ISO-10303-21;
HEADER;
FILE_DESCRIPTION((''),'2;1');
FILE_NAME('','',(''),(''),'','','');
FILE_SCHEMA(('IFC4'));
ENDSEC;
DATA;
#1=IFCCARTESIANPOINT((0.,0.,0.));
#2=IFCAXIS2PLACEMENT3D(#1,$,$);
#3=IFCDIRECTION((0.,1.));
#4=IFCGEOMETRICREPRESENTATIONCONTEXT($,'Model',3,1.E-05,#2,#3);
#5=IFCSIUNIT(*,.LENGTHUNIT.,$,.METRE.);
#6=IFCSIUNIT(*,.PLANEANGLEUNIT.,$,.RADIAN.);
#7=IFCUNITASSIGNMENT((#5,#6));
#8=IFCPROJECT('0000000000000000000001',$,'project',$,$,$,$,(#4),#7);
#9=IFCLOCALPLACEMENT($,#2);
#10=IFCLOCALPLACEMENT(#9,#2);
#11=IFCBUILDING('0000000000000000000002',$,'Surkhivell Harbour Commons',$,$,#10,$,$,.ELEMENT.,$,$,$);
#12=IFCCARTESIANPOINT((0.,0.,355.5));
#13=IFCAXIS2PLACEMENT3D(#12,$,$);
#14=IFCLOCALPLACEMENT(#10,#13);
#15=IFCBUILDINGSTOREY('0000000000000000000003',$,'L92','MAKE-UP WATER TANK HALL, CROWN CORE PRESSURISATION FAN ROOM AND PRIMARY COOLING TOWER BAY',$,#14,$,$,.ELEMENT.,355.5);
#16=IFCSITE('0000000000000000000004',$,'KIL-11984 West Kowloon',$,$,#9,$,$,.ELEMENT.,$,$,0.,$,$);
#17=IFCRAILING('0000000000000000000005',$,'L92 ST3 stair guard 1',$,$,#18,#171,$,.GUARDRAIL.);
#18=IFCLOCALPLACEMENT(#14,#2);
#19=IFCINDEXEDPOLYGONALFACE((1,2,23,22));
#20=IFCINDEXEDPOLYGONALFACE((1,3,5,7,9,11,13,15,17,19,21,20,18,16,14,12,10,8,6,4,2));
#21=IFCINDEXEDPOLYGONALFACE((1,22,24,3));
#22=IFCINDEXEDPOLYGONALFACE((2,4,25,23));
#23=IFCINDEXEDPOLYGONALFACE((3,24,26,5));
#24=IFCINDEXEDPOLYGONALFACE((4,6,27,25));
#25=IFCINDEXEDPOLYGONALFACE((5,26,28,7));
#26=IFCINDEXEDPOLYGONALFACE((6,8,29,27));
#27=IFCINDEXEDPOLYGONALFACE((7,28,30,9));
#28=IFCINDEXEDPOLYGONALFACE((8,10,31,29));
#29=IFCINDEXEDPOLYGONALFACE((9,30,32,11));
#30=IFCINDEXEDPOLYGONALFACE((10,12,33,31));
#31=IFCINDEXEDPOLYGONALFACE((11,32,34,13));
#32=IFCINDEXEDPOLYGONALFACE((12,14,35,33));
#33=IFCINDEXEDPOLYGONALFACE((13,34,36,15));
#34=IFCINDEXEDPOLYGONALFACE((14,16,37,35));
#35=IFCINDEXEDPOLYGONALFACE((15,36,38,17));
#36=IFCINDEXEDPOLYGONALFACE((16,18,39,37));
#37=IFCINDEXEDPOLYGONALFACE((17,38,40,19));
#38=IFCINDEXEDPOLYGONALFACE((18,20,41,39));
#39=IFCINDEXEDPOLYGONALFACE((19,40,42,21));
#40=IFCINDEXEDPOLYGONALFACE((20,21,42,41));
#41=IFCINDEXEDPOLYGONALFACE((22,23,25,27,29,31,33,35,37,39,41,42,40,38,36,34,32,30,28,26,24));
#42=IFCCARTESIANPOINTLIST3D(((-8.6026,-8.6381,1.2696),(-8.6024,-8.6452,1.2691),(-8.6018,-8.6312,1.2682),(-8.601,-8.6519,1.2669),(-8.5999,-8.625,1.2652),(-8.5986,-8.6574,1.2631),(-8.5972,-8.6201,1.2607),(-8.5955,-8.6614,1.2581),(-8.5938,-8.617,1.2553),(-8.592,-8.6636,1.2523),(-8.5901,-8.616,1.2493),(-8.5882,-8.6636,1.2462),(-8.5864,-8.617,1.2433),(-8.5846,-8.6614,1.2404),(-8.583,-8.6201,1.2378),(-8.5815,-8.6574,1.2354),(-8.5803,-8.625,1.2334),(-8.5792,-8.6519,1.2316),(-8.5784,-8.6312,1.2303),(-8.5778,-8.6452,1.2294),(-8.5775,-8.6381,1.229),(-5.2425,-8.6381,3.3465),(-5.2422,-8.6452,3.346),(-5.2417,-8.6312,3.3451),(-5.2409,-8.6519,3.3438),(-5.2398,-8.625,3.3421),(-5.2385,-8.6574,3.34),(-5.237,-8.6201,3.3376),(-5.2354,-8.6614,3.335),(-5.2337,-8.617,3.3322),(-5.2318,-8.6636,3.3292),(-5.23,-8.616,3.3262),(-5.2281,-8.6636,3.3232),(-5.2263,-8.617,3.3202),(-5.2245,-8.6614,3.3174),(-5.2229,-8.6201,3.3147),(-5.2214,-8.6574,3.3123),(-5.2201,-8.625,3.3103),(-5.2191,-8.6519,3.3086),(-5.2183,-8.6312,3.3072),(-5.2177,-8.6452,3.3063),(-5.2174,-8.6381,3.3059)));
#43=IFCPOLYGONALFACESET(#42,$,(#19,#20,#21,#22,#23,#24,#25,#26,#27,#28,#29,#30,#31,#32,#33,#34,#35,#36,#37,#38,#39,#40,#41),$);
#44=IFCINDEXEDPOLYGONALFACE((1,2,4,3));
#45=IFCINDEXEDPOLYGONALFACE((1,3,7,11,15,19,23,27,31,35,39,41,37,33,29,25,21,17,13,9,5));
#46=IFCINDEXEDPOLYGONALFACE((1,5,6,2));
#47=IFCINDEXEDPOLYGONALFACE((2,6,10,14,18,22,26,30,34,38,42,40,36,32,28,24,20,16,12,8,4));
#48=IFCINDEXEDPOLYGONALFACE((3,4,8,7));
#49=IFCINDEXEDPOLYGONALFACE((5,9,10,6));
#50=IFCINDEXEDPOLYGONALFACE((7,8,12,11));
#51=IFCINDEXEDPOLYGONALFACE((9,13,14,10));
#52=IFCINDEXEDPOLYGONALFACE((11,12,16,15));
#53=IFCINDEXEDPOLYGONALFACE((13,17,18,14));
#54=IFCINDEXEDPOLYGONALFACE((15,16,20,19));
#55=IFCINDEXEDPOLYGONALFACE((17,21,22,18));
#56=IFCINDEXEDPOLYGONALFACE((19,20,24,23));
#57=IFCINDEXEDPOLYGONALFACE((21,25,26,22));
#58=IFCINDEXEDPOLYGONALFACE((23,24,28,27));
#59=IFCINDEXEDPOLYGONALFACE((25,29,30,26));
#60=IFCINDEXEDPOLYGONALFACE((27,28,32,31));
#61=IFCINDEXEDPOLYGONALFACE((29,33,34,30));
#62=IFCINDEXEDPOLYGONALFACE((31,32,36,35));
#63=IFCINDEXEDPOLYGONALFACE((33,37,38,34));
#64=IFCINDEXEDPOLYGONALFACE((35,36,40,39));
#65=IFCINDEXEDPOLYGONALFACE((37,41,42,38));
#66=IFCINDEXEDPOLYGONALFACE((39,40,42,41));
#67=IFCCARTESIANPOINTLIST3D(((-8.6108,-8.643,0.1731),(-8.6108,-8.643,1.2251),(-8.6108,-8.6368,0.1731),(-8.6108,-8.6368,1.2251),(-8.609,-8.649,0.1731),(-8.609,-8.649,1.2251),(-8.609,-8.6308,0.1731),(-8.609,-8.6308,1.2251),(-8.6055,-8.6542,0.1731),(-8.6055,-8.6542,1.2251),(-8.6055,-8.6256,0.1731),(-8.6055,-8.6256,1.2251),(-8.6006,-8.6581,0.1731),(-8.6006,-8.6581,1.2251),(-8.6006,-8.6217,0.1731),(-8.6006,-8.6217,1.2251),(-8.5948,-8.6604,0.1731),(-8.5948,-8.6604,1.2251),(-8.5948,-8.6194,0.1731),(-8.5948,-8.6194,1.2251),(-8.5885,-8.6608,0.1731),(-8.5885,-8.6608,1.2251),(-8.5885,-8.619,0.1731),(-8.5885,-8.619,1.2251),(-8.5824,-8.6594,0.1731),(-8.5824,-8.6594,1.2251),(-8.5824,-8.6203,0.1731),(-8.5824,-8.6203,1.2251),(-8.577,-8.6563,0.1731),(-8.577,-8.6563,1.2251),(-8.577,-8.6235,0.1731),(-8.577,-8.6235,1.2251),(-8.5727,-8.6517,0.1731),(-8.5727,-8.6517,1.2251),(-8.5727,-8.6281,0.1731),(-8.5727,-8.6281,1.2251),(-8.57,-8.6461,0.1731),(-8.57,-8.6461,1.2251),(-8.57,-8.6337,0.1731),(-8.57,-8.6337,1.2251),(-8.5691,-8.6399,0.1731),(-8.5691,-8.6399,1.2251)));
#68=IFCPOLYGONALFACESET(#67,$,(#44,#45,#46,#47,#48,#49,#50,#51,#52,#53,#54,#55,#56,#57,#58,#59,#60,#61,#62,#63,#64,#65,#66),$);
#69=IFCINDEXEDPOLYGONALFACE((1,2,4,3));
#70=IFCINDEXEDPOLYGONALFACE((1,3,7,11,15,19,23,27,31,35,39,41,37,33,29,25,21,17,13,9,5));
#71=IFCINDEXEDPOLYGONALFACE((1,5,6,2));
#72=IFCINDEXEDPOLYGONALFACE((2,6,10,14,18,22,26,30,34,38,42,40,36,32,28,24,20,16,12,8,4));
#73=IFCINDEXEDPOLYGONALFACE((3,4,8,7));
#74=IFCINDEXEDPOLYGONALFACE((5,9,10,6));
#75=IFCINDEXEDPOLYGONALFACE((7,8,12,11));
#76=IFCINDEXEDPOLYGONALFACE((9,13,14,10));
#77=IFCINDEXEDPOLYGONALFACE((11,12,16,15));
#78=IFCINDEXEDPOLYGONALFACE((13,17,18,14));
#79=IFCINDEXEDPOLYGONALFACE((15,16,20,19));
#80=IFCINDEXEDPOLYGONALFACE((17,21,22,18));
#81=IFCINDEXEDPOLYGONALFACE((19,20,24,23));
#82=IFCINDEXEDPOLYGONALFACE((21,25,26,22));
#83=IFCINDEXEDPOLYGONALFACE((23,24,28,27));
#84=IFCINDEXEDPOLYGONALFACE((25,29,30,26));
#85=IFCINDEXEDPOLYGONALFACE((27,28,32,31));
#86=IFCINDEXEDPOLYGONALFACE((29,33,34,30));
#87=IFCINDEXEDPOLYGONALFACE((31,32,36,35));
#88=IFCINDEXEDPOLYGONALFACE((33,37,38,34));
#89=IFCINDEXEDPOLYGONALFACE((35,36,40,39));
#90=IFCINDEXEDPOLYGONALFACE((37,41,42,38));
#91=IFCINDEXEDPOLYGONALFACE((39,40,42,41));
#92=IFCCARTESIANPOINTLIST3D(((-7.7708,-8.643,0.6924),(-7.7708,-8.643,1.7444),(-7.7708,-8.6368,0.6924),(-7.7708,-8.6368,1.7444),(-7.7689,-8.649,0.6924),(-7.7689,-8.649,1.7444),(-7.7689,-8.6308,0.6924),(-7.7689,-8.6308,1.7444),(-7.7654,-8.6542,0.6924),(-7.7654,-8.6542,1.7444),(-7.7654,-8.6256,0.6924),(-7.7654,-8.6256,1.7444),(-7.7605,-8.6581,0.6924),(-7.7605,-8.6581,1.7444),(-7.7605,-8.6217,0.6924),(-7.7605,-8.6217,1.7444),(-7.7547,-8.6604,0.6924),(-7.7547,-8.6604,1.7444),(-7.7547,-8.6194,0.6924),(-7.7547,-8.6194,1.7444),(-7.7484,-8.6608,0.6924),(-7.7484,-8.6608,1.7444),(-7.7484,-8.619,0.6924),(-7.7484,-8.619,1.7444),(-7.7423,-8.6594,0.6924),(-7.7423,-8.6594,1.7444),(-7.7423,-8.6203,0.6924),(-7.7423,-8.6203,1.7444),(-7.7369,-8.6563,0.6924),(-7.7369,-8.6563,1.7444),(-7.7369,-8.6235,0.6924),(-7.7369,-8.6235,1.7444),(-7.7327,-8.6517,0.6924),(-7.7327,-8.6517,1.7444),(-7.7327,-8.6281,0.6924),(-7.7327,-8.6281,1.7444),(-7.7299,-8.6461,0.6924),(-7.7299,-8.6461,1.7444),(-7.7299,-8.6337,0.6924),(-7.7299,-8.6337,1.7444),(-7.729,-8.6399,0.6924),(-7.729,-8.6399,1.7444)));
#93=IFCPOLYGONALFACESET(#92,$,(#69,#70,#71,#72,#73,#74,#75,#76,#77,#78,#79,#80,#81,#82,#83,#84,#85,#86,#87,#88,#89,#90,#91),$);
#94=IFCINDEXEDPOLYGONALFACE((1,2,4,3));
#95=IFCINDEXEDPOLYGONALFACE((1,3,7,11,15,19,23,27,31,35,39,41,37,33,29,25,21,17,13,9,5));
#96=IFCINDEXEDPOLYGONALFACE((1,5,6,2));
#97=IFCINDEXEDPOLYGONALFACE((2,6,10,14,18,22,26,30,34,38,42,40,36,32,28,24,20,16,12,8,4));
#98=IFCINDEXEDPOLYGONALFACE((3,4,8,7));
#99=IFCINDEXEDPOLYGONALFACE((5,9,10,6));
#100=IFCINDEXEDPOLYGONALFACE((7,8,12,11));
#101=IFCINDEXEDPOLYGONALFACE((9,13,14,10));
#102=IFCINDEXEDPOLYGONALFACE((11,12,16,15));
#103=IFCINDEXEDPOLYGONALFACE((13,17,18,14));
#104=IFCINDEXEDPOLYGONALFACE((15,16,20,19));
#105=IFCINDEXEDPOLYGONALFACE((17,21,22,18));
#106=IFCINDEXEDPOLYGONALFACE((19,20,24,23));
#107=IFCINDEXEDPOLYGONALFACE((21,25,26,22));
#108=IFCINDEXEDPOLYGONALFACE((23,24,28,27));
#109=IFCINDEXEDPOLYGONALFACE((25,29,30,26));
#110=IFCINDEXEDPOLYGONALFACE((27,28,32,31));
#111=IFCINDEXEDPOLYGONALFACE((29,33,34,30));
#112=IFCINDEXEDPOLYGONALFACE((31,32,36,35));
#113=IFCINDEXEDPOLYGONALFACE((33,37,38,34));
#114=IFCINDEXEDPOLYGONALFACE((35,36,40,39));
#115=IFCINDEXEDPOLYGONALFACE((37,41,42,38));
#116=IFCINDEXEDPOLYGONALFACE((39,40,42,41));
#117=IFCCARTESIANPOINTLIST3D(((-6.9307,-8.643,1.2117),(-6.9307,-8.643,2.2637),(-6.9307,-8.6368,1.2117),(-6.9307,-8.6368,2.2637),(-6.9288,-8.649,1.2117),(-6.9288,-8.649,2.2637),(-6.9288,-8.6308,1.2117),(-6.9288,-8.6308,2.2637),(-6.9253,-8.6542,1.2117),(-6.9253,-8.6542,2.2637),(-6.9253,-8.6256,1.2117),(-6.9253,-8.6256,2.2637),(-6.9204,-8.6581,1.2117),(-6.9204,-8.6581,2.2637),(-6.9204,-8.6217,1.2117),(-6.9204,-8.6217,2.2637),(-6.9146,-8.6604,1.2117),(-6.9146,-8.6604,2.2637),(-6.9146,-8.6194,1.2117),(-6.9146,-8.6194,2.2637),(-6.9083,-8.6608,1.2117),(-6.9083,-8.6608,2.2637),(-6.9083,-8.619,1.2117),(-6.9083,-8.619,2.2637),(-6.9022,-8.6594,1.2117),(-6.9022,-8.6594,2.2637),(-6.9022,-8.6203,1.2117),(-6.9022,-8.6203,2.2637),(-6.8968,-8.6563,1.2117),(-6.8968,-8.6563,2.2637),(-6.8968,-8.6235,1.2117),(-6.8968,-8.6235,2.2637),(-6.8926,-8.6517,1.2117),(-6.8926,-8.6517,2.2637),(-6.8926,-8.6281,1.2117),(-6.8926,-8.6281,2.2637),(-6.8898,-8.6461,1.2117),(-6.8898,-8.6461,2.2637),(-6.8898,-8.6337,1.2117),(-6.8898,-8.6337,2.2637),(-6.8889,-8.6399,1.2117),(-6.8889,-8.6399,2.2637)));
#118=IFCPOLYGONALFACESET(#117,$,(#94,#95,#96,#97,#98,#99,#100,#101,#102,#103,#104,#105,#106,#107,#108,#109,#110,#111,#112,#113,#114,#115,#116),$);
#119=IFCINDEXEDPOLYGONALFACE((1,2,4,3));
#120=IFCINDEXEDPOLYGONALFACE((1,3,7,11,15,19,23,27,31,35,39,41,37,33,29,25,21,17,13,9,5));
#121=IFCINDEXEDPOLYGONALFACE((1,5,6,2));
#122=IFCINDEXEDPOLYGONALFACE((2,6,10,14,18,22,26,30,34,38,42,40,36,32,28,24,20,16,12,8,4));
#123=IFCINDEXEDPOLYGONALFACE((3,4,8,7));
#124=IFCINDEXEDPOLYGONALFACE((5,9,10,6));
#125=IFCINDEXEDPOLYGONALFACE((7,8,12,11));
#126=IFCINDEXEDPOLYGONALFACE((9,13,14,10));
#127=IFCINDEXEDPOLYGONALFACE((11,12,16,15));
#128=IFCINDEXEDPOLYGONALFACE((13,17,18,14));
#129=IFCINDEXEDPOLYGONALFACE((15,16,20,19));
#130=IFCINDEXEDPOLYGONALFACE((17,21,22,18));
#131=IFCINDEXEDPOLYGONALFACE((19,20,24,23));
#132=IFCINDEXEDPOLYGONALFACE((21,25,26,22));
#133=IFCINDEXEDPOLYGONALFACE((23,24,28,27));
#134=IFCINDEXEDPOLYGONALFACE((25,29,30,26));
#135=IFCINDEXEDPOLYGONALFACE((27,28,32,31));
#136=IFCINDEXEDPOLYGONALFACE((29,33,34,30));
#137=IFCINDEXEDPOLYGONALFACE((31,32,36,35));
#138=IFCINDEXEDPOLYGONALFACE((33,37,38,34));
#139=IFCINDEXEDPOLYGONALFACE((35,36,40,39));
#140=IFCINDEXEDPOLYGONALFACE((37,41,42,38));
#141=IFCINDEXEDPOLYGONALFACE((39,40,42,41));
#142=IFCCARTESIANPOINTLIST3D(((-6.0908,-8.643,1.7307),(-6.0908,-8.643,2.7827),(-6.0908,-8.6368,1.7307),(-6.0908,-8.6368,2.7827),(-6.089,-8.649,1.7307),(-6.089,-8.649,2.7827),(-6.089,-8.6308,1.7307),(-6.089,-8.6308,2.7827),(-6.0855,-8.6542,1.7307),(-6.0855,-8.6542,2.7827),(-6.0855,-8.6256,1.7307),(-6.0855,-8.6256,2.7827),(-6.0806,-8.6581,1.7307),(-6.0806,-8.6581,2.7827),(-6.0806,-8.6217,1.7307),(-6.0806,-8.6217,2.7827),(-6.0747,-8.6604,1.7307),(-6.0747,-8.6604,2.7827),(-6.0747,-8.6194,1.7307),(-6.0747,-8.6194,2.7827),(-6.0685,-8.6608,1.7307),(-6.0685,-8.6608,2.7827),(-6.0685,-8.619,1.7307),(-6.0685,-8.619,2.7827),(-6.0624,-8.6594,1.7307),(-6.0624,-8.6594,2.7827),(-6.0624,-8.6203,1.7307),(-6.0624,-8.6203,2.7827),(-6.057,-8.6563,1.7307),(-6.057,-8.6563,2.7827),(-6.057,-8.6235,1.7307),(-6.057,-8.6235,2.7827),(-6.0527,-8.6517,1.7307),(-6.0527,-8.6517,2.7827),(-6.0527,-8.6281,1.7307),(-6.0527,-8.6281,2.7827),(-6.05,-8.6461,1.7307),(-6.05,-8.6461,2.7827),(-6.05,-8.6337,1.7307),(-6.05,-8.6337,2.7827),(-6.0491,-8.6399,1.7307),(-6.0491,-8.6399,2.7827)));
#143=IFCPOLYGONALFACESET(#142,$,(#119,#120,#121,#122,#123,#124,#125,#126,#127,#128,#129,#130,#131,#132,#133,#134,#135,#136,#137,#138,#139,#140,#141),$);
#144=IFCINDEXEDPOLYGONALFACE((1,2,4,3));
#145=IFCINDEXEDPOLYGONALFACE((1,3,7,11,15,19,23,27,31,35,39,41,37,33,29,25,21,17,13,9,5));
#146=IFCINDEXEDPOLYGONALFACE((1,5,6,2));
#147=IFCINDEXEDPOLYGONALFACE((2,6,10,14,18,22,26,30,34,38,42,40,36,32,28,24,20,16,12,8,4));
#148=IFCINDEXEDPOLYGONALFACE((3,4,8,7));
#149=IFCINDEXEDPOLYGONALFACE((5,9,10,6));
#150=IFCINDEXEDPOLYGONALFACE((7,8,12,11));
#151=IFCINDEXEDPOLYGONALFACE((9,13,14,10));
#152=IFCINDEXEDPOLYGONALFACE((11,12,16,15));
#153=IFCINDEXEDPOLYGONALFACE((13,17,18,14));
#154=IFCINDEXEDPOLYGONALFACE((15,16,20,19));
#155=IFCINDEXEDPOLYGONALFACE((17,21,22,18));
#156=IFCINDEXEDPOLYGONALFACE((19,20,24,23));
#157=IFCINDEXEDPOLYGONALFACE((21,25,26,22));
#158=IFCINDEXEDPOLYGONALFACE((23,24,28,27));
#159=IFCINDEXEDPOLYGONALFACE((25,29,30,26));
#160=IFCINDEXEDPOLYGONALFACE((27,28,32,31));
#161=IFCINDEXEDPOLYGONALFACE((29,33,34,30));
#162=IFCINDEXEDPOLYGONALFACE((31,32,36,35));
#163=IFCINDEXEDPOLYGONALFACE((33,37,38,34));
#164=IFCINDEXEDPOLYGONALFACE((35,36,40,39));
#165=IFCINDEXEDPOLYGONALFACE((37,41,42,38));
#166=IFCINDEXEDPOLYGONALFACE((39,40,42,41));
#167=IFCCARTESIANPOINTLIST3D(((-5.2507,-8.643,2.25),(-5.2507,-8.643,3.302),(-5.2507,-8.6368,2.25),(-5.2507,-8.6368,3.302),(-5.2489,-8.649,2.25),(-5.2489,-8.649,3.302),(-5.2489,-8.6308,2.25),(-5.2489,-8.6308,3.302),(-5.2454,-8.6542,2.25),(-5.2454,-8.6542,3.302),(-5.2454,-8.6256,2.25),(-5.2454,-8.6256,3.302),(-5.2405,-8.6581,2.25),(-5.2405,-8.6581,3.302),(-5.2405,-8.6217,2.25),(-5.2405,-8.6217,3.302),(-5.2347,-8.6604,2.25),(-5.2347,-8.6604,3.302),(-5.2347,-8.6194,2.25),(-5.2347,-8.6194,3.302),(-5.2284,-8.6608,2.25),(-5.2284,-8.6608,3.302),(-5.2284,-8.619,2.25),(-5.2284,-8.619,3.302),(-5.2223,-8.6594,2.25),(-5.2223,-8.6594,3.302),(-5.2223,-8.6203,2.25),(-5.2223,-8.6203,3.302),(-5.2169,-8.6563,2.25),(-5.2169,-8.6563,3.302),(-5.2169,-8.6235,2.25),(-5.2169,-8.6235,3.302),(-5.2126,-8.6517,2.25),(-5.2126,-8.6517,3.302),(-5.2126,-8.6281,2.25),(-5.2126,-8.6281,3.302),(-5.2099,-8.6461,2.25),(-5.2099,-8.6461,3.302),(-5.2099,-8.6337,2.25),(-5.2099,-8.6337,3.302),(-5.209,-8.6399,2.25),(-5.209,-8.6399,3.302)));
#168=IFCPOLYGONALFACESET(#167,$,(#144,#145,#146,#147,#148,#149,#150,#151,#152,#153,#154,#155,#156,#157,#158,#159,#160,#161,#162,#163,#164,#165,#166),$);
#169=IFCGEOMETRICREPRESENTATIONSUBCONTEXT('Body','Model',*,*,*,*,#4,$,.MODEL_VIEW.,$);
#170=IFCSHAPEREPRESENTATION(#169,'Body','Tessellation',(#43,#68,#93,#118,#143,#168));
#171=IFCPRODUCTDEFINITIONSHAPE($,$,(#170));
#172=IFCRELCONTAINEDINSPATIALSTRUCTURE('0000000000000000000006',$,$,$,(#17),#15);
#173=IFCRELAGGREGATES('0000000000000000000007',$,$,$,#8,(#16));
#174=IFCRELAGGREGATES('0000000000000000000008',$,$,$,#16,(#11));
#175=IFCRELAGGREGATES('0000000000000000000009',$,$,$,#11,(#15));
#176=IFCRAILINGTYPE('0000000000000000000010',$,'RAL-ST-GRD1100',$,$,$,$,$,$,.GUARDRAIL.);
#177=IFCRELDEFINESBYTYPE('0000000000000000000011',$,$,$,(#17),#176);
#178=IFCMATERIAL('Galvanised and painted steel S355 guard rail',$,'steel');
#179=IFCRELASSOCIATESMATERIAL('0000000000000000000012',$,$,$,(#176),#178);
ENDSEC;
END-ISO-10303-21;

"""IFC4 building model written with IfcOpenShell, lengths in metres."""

from ifc_helpers import new_model, si_unit, direction, frame, origin, origin_2d, place, context, subcontext, project, spatial, circle, extrude, material, type_object, element, save


model = new_model("IFC4")

# Units and contexts
model_context = context("Model", 3, precision=1e-05, world=origin(), true_north=direction((0.0, 1.0)))
body_context = subcontext(model_context, "Body", "Model", "MODEL_VIEW")
ifc_project = project(units=[si_unit("LENGTHUNIT", "METRE"), si_unit("PLANEANGLEUNIT", "RADIAN")], contexts=[model_context])

# Site, building, storey
site_placement = place(None, origin())
site = spatial("IfcSite", under=ifc_project, at=site_placement, Name="KIL-11984 West Kowloon", CompositionType="ELEMENT", RefElevation=0.0)
building_placement = place(site_placement, origin())
building = spatial("IfcBuilding", under=site, at=building_placement, Name="Surkhivell Harbour Commons", CompositionType="ELEMENT")
storey_placement = place(building_placement, frame((0.0, 0.0, 355.5)))
storey = spatial("IfcBuildingStorey", under=building, at=storey_placement, Name="L92", Description="MAKE-UP WATER TANK HALL, CROWN CORE PRESSURISATION FAN ROOM AND PRIMARY COOLING TOWER BAY", CompositionType="ELEMENT", Elevation=355.5)

# Railing
ifc_material_1 = material(Name="Galvanised and painted steel S355 guard rail", Category="steel")
railing_type_1 = type_object("IfcRailingType", Name="RAL-ST-GRD1100", PredefinedType="GUARDRAIL", material=ifc_material_1)
railing_1_placement = place(storey_placement, frame((-8.5901, -8.6399, 0.1731)))
element("IfcRailing", 1, at=railing_1_placement, inside=storey, type_object=railing_type_1, Name="L92 ST3 stair guard 1", PredefinedType="GUARDRAIL", context=body_context, shape_type="SweptSolid", body=[
    extrude(circle(Radius=0.0239, at=origin_2d()), frame((0.0, 0.0, 1.0762), z_axis=(0.850623, 0.0, 0.525776), x_axis=(0.0, 1.0, 0.0)), (0.0, 0.0, 1.0), 3.9502),
    extrude(circle(Radius=0.021, at=origin_2d()), origin(), (0.0, 0.0, 1.0), 1.052),
    extrude(circle(Radius=0.021, at=origin_2d()), frame((0.8401, 0.0, 0.5193)), (0.0, 0.0, 1.0), 1.052),
    extrude(circle(Radius=0.021, at=origin_2d()), frame((1.6802, 0.0, 1.0386)), (0.0, 0.0, 1.0), 1.052),
    extrude(circle(Radius=0.021, at=origin_2d()), frame((2.52, 0.0, 1.5576)), (0.0, 0.0, 1.0), 1.052),
    extrude(circle(Radius=0.021, at=origin_2d()), frame((3.3601, 0.0, 2.0769)), (0.0, 0.0, 1.0), 1.052),
])

save(model, "model.ifc")
